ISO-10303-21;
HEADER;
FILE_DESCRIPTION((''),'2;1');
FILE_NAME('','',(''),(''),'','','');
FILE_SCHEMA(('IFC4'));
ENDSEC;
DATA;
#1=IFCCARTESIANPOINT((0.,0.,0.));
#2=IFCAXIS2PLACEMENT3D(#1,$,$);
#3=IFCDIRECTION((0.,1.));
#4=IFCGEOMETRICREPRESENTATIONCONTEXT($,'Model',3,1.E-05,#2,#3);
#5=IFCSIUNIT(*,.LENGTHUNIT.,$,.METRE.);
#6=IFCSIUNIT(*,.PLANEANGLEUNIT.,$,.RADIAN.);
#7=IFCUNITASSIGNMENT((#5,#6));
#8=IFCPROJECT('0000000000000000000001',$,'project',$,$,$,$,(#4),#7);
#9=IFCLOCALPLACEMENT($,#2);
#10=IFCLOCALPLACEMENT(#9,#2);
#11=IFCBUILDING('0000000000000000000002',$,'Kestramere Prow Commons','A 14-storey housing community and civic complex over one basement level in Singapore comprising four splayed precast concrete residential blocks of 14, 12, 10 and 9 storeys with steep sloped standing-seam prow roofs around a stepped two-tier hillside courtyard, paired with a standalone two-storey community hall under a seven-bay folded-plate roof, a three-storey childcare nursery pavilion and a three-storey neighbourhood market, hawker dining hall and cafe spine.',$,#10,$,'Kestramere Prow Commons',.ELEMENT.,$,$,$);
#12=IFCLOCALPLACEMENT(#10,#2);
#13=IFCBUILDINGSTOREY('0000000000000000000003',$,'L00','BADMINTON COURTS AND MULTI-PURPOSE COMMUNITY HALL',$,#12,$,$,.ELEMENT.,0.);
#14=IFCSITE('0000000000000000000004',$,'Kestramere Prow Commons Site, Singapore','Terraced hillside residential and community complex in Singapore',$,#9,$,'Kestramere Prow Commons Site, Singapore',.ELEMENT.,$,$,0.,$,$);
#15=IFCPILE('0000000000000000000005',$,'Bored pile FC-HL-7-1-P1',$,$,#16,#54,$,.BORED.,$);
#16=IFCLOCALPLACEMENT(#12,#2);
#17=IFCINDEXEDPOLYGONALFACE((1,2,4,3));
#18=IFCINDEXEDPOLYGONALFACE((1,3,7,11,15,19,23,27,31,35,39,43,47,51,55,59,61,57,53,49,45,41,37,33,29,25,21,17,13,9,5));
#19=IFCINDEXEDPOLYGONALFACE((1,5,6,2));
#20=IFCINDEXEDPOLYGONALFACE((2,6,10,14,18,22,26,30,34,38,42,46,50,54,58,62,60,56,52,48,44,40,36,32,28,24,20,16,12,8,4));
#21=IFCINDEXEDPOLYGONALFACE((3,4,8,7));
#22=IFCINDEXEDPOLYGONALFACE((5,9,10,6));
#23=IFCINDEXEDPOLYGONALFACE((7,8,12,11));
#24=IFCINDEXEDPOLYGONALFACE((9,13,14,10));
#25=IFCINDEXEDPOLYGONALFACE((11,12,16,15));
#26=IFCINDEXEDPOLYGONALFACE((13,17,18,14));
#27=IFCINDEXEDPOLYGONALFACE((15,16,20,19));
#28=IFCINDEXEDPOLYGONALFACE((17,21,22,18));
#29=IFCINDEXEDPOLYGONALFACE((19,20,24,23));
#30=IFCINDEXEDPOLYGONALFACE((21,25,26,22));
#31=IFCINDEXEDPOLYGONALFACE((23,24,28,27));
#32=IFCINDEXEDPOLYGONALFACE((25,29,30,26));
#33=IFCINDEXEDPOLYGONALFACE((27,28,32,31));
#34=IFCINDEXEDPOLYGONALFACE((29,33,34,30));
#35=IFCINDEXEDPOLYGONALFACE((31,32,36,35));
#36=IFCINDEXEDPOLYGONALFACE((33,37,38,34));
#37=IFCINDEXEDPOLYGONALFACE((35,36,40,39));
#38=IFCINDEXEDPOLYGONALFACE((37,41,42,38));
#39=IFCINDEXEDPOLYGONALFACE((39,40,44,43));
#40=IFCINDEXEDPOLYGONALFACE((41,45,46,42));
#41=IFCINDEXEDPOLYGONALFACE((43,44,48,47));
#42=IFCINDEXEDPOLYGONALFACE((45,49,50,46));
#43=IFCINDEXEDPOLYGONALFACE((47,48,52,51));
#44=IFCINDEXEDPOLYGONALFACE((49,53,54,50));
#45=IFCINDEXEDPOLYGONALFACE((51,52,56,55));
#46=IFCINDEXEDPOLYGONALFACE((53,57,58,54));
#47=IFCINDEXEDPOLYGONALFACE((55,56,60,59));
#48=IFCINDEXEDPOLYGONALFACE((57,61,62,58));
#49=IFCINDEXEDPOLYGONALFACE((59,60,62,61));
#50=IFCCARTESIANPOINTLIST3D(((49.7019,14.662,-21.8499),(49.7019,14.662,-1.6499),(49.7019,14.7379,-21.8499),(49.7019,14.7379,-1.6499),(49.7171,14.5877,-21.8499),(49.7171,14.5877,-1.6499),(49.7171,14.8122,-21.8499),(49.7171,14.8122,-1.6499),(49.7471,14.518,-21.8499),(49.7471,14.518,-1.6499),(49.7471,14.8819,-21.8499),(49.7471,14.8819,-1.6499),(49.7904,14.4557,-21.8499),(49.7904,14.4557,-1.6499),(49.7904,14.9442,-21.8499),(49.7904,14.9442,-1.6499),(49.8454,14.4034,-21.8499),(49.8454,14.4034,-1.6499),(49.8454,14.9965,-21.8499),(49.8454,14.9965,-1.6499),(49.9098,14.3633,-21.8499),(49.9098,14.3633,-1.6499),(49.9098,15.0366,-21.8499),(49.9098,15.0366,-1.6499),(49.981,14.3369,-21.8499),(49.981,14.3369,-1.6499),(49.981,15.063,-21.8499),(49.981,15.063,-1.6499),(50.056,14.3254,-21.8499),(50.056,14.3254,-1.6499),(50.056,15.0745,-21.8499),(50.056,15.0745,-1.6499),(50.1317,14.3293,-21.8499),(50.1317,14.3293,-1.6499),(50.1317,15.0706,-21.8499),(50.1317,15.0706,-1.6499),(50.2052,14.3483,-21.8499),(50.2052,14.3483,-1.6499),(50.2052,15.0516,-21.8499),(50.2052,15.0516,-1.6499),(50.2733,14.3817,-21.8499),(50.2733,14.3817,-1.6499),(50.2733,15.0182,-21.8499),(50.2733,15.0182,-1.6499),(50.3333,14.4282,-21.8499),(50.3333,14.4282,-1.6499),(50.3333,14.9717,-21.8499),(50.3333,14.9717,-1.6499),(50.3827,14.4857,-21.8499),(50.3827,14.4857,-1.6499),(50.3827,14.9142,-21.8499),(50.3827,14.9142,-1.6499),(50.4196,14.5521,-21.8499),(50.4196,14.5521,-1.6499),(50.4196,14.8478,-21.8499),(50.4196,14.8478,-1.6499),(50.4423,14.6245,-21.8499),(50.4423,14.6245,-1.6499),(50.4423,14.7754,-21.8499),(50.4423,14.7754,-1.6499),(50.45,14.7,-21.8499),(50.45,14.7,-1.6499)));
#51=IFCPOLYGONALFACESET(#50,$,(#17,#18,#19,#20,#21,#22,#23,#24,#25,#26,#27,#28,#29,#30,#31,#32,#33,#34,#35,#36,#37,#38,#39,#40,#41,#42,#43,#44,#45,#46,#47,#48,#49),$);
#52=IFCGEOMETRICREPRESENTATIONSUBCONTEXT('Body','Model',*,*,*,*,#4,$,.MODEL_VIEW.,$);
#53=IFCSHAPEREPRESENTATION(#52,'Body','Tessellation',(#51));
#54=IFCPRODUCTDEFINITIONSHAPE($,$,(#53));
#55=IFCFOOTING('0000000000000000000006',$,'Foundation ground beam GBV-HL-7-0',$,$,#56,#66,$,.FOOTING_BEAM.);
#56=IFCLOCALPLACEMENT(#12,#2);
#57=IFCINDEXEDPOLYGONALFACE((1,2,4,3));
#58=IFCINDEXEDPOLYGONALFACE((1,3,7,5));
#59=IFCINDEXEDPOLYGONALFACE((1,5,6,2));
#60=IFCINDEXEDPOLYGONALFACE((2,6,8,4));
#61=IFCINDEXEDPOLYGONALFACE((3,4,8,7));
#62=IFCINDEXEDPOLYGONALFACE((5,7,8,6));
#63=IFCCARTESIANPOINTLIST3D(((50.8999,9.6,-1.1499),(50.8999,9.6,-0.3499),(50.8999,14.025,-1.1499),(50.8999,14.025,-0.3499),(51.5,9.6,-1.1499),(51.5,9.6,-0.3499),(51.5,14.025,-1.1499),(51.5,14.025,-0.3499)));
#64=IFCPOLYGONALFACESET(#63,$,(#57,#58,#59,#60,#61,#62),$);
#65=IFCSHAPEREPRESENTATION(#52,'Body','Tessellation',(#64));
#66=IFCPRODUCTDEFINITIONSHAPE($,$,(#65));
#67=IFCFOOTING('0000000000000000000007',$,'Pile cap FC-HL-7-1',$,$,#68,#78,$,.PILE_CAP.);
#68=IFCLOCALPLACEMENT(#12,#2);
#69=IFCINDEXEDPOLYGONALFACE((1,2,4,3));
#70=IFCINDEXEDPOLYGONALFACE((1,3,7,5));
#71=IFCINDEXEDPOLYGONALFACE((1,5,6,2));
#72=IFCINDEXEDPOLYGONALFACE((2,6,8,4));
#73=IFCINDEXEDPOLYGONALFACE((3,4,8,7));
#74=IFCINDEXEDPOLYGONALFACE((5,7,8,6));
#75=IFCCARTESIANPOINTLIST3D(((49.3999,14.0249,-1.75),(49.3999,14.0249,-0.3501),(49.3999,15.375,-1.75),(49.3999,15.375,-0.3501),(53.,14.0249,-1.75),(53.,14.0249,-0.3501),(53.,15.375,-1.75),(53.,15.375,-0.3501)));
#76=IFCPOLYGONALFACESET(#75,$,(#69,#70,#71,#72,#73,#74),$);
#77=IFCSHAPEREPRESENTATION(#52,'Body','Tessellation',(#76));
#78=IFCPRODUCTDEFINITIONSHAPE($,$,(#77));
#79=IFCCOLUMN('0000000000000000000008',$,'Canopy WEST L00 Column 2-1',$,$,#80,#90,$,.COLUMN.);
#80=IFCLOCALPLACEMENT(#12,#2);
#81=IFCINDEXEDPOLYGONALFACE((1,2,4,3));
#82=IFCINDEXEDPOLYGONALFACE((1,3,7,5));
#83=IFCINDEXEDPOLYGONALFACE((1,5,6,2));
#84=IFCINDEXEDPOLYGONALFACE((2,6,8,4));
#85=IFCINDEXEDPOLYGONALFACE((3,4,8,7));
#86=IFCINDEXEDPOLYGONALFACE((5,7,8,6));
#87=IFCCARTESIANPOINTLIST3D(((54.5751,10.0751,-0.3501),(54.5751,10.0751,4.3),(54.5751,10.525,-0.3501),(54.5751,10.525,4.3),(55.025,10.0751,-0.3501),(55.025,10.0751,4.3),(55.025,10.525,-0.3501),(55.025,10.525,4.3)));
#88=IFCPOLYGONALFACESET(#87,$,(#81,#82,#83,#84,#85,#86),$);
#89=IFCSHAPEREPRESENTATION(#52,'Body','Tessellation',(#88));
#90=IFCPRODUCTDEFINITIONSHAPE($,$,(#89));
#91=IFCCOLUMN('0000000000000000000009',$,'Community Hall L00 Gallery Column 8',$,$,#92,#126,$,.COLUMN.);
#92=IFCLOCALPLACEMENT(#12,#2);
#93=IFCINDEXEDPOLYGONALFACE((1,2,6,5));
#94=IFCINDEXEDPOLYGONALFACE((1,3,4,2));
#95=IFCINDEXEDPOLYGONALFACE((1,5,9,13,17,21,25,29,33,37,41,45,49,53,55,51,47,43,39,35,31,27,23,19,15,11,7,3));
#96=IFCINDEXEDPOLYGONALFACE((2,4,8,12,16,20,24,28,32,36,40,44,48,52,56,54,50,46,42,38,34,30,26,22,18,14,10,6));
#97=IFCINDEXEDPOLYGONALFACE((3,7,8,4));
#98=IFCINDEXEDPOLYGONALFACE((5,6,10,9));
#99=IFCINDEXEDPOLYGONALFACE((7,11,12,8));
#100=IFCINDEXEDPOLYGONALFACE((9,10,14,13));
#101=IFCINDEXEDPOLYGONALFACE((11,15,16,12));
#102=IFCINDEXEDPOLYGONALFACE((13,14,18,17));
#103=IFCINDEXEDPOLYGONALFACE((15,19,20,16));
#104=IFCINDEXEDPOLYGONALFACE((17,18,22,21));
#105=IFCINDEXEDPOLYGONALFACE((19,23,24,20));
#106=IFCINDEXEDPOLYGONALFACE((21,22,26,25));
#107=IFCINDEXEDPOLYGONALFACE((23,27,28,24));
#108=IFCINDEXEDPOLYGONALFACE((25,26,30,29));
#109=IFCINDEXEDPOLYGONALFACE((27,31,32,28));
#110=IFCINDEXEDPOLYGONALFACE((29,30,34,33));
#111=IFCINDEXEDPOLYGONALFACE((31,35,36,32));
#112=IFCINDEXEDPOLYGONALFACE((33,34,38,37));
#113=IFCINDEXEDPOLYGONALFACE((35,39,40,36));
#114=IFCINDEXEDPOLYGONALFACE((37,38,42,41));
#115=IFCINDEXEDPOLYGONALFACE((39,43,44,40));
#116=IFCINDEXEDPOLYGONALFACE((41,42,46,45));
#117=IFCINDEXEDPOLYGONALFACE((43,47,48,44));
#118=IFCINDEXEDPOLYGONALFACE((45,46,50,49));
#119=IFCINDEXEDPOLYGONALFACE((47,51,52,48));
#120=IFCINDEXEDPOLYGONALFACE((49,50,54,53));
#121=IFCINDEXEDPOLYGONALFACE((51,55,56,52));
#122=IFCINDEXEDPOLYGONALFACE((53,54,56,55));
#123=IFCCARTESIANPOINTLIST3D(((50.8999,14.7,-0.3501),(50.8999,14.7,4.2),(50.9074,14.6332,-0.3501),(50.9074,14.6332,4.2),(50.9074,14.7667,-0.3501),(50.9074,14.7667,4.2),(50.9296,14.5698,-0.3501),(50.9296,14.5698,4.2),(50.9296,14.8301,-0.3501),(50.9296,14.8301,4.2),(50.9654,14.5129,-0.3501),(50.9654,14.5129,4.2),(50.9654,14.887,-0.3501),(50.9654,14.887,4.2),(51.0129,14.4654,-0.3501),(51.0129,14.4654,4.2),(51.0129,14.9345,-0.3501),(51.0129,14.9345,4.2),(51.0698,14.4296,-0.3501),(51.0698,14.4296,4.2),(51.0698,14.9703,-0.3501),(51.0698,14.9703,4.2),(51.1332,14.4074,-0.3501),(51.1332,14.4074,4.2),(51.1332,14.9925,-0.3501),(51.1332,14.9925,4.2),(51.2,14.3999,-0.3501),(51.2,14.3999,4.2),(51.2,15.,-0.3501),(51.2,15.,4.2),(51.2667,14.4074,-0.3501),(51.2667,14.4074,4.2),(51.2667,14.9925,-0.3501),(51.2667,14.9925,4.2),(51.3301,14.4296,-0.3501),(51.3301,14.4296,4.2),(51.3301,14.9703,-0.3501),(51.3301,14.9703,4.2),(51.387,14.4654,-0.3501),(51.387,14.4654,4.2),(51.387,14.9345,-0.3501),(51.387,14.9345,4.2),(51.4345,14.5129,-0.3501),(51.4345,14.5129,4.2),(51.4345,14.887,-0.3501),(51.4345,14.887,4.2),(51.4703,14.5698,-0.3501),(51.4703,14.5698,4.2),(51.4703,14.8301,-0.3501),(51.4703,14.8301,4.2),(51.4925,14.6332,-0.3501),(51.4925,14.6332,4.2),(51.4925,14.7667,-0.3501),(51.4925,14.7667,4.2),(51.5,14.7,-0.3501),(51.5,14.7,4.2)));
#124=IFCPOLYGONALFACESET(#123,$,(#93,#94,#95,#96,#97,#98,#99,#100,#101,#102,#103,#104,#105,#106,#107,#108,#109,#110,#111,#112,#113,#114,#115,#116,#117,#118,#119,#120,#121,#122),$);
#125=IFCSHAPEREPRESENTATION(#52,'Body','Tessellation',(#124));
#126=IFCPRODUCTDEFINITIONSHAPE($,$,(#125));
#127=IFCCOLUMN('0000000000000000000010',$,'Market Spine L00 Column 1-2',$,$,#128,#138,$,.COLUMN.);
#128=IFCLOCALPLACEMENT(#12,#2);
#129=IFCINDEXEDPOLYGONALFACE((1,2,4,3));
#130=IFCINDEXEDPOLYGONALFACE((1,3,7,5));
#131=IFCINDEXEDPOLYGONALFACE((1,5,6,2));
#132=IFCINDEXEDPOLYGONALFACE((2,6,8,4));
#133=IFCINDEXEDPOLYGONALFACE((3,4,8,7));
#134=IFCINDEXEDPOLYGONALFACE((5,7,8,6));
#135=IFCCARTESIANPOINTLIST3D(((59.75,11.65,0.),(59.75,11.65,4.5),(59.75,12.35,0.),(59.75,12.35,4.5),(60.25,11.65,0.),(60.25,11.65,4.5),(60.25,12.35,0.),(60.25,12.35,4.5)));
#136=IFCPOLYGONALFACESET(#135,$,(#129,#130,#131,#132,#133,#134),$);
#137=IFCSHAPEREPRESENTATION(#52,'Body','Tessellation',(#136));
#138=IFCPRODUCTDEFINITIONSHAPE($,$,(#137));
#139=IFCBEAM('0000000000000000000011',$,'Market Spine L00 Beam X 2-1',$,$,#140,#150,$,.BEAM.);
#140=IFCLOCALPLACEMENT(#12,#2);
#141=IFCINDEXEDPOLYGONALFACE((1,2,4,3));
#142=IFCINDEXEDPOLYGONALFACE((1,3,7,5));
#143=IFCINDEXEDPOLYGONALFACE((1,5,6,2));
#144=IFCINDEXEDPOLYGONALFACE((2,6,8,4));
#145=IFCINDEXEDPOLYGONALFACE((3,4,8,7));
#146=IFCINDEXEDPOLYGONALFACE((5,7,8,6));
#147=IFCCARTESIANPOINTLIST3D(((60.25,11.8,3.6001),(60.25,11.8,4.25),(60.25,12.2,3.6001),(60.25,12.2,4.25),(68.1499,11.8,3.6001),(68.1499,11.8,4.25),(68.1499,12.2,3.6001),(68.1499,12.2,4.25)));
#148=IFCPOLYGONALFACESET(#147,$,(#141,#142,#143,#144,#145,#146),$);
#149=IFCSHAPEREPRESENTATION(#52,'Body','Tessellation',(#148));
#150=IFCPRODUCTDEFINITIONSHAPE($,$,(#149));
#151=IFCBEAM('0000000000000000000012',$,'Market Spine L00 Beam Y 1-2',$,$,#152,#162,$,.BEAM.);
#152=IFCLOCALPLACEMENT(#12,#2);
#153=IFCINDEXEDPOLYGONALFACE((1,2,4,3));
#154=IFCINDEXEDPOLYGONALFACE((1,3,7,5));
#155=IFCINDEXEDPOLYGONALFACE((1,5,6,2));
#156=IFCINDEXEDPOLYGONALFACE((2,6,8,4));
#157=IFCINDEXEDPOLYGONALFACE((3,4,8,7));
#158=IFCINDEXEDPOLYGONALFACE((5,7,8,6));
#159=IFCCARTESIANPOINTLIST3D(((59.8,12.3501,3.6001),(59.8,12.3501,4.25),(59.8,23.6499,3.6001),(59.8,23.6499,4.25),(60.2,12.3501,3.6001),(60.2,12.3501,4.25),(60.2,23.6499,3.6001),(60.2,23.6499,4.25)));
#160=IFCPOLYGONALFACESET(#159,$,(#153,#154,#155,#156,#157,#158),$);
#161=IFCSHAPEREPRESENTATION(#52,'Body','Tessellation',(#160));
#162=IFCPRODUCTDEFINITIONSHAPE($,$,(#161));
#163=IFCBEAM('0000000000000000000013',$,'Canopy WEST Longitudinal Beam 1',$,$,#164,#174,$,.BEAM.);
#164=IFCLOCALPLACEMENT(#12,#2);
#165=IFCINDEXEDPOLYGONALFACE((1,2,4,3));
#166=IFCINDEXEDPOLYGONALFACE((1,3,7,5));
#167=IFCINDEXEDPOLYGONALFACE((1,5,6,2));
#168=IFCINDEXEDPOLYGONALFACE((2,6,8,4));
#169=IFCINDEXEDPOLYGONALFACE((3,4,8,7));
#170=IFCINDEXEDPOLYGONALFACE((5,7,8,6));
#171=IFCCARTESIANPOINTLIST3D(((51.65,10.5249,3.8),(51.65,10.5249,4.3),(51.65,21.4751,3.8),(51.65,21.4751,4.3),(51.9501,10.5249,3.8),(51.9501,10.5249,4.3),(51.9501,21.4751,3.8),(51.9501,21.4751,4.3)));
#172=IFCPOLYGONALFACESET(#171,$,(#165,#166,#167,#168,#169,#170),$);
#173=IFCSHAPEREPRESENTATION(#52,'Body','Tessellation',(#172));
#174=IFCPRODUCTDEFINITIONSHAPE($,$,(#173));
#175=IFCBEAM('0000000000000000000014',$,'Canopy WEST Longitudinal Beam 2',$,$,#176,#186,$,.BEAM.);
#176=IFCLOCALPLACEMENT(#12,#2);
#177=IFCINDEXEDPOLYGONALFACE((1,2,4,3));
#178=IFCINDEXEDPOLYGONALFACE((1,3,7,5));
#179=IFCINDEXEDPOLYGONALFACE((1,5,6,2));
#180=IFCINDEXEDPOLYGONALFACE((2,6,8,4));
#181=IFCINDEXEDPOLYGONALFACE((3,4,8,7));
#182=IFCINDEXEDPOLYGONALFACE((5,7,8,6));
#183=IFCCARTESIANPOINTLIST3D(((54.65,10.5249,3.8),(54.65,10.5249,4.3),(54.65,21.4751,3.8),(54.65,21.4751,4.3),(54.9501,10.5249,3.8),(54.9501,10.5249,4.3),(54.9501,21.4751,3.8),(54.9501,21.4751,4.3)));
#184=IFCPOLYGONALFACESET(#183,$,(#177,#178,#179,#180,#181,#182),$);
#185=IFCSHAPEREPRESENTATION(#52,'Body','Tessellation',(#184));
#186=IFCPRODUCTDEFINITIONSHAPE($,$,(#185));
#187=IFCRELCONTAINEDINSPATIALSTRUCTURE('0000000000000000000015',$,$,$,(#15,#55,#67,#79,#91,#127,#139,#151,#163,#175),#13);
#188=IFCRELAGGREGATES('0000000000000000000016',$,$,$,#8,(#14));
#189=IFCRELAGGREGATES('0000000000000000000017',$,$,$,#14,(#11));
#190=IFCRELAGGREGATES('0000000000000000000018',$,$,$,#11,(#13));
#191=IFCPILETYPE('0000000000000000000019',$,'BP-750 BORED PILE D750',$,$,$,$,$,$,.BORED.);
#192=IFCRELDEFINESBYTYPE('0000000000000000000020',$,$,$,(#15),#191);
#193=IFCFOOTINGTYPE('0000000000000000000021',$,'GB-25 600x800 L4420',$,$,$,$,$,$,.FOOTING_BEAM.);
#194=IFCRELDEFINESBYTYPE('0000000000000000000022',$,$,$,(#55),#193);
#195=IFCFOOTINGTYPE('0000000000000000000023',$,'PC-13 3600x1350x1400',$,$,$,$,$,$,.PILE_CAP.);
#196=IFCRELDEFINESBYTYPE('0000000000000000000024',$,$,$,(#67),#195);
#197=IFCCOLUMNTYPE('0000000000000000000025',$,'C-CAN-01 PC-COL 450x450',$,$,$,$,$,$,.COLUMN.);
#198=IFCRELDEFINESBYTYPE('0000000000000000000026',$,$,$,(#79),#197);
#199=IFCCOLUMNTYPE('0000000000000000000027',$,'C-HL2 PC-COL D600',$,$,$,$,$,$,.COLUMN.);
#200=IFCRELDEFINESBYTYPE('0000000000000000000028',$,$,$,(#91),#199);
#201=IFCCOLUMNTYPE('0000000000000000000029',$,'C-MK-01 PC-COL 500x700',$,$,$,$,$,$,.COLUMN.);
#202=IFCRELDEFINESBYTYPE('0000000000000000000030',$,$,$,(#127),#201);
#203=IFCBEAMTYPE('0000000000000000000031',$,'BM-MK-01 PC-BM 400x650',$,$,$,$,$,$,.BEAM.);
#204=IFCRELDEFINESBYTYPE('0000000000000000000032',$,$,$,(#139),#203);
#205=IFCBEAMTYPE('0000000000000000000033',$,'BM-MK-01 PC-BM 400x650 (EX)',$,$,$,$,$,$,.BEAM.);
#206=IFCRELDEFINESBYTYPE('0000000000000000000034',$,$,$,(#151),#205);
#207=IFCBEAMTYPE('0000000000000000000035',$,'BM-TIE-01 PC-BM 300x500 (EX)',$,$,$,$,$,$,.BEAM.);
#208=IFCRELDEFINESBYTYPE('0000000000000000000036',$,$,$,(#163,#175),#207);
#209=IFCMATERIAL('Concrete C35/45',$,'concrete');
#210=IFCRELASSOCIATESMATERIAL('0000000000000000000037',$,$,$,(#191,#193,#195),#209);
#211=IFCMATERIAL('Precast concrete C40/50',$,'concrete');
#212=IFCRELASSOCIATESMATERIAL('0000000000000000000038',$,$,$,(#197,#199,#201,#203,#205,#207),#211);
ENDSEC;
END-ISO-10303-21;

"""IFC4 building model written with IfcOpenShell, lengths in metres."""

from ifc_helpers import new_model, si_unit, direction, frame, origin, origin_2d, place, context, subcontext, project, spatial, rectangle, circle, extrude, material, material_profile, profile_set, type_object, element, save


model = new_model("IFC4")

# Units and contexts
model_context = context("Model", 3, precision=1e-05, world=origin(), true_north=direction((0.0, 1.0)))
body_context = subcontext(model_context, "Body", "Model", "MODEL_VIEW")
ifc_project = project(units=[si_unit("LENGTHUNIT", "METRE"), si_unit("PLANEANGLEUNIT", "RADIAN")], contexts=[model_context])

# Site, building, storey
site_placement = place(None, origin())
site = spatial("IfcSite", under=ifc_project, at=site_placement, Name="Kestramere Prow Commons Site, Singapore", Description="Terraced hillside residential and community complex in Singapore", LongName="Kestramere Prow Commons Site, Singapore", CompositionType="ELEMENT", RefElevation=0.0)
building_placement = place(site_placement, origin())
building = spatial("IfcBuilding", under=site, at=building_placement, Name="Kestramere Prow Commons", Description="A 14-storey housing community and civic complex over one basement level in Singapore comprising four splayed precast concrete residential blocks of 14, 12, 10 and 9 storeys with steep sloped standing-seam prow roofs around a stepped two-tier hillside courtyard, paired with a standalone two-storey community hall under a seven-bay folded-plate roof, a three-storey childcare nursery pavilion and a three-storey neighbourhood market, hawker dining hall and cafe spine.", LongName="Kestramere Prow Commons", CompositionType="ELEMENT")
storey_placement = place(building_placement, origin())
storey = spatial("IfcBuildingStorey", under=building, at=storey_placement, Name="L00", Description="BADMINTON COURTS AND MULTI-PURPOSE COMMUNITY HALL", CompositionType="ELEMENT", Elevation=0.0)

# Pile
ifc_material_1 = material(Name="Concrete C35/45", Category="concrete")
ifc_material_profile_1 = material_profile(ifc_material_1, circle(Radius=0.375, at=origin_2d()), Name="BORED PILE D750")
ifc_profile_set_1 = profile_set([ifc_material_profile_1], Name="Concrete C35/45")
pile_type = type_object("IfcPileType", Name="BP-750 BORED PILE D750", PredefinedType="BORED", material=ifc_profile_set_1)
pile_placement = place(storey_placement, frame((50.075, 14.7, -1.6499), z_axis=(0.0, 0.0, -1.0), x_axis=(1.0, 0.0, 0.0)))
element("IfcPile", 1, at=pile_placement, inside=storey, type_object=pile_type, Name="Bored pile FC-HL-7-1-P1", PredefinedType="BORED", context=body_context, shape_type="SweptSolid", body=[
    extrude(circle(Radius=0.375, at=origin_2d()), origin(), (0.0, 0.0, 1.0), 20.2),
])

# Footings
footing_type_1 = type_object("IfcFootingType", Name="GB-25 600x800 L4420", PredefinedType="FOOTING_BEAM", material=ifc_material_1)
footing_1_placement = place(storey_placement, frame((51.2, 11.8125, -1.1499), z_axis=(0.0, 0.0, 1.0), x_axis=(0.0, 1.0, 0.0)))
element("IfcFooting", 2, at=footing_1_placement, inside=storey, type_object=footing_type_1, Name="Foundation ground beam GBV-HL-7-0", PredefinedType="FOOTING_BEAM", context=body_context, shape_type="SweptSolid", body=[
    extrude(rectangle(XDim=4.425, YDim=0.6001, at=origin_2d()), origin(), (0.0, 0.0, 1.0), 0.8),
])
footing_type_2 = type_object("IfcFootingType", Name="PC-13 3600x1350x1400", PredefinedType="PILE_CAP", material=ifc_material_1)
footing_2_placement = place(storey_placement, frame((51.2, 14.7, -1.75), z_axis=(0.0, 0.0, 1.0), x_axis=(1.0, 0.0, 0.0)))
element("IfcFooting", 3, at=footing_2_placement, inside=storey, type_object=footing_type_2, Name="Pile cap FC-HL-7-1", PredefinedType="PILE_CAP", context=body_context, shape_type="SweptSolid", body=[
    extrude(rectangle(XDim=3.6001, YDim=1.3501, at=origin_2d()), origin(), (0.0, 0.0, 1.0), 1.3999),
])

# Columns
ifc_material_2 = material(Name="Precast concrete C40/50", Category="concrete")
ifc_material_profile_2 = material_profile(ifc_material_2, rectangle(XDim=0.45, YDim=0.45, at=origin_2d()), Name="PC-COL 450x450")
ifc_profile_set_2 = profile_set([ifc_material_profile_2], Name="Precast concrete C40/50")
column_type_1 = type_object("IfcColumnType", Name="C-CAN-01 PC-COL 450x450", PredefinedType="COLUMN", material=ifc_profile_set_2)
column_1_placement = place(storey_placement, frame((54.8, 10.3, -0.3501), z_axis=(0.0, 0.0, 1.0), x_axis=(1.0, 0.0, 0.0)))
element("IfcColumn", 4, at=column_1_placement, inside=storey, type_object=column_type_1, Name="Canopy WEST L00 Column 2-1", PredefinedType="COLUMN", context=body_context, shape_type="SweptSolid", body=[
    extrude(rectangle(XDim=0.45, YDim=0.45, at=origin_2d()), origin(), (0.0, 0.0, 1.0), 4.6501),
])
ifc_material_profile_3 = material_profile(ifc_material_2, circle(Radius=0.3, at=origin_2d()), Name="PC-COL D600")
ifc_profile_set_3 = profile_set([ifc_material_profile_3], Name="Precast concrete C40/50")
column_type_2 = type_object("IfcColumnType", Name="C-HL2 PC-COL D600", PredefinedType="COLUMN", material=ifc_profile_set_3)
column_2_placement = place(storey_placement, frame((51.2, 14.7, -0.3501), z_axis=(0.0, 0.0, 1.0), x_axis=(1.0, 0.0, 0.0)))
element("IfcColumn", 5, at=column_2_placement, inside=storey, type_object=column_type_2, Name="Community Hall L00 Gallery Column 8", PredefinedType="COLUMN", context=body_context, shape_type="SweptSolid", body=[
    extrude(circle(Radius=0.3, at=origin_2d()), origin(), (0.0, 0.0, 1.0), 4.55),
])
ifc_material_profile_4 = material_profile(ifc_material_2, rectangle(XDim=0.5, YDim=0.7, at=origin_2d()), Name="PC-COL 500x700")
ifc_profile_set_4 = profile_set([ifc_material_profile_4], Name="Precast concrete C40/50")
column_type_3 = type_object("IfcColumnType", Name="C-MK-01 PC-COL 500x700", PredefinedType="COLUMN", material=ifc_profile_set_4)
column_3_placement = place(storey_placement, frame((60.0, 12.0, 0.0), z_axis=(0.0, 0.0, 1.0), x_axis=(1.0, 0.0, 0.0)))
element("IfcColumn", 6, at=column_3_placement, inside=storey, type_object=column_type_3, Name="Market Spine L00 Column 1-2", PredefinedType="COLUMN", context=body_context, shape_type="SweptSolid", body=[
    extrude(rectangle(XDim=0.5, YDim=0.7, at=origin_2d()), origin(), (0.0, 0.0, 1.0), 4.5),
])

# Beams
ifc_material_profile_5 = material_profile(ifc_material_2, rectangle(XDim=0.3999, YDim=0.6499, at=origin_2d()), Name="PC-BM 400x650")
ifc_profile_set_5 = profile_set([ifc_material_profile_5], Name="Precast concrete C40/50")
beam_type_1 = type_object("IfcBeamType", Name="BM-MK-01 PC-BM 400x650", PredefinedType="BEAM", material=ifc_profile_set_5)
beam_1_placement = place(storey_placement, frame((60.25, 12.0, 3.925), z_axis=(1.0, 0.0, 0.0), x_axis=(0.0, 1.0, 0.0)))
element("IfcBeam", 7, at=beam_1_placement, inside=storey, type_object=beam_type_1, Name="Market Spine L00 Beam X 2-1", PredefinedType="BEAM", context=body_context, shape_type="SweptSolid", body=[
    extrude(rectangle(XDim=0.3999, YDim=0.6499, at=origin_2d()), origin(), (0.0, 0.0, 1.0), 7.8999),
])
ifc_material_profile_6 = material_profile(ifc_material_2, rectangle(XDim=0.3999, YDim=0.6499, at=origin_2d()), Name="PC-BM 400x650")
ifc_profile_set_6 = profile_set([ifc_material_profile_6], Name="Precast concrete C40/50")
beam_type_2 = type_object("IfcBeamType", Name="BM-MK-01 PC-BM 400x650 (EX)", PredefinedType="BEAM", material=ifc_profile_set_6)
beam_2_placement = place(storey_placement, frame((60.0, 12.3501, 3.925), z_axis=(0.0, 1.0, 0.0), x_axis=(-1.0, 0.0, 0.0)))
element("IfcBeam", 8, at=beam_2_placement, inside=storey, type_object=beam_type_2, Name="Market Spine L00 Beam Y 1-2", PredefinedType="BEAM", context=body_context, shape_type="SweptSolid", body=[
    extrude(rectangle(XDim=0.3999, YDim=0.6499, at=origin_2d()), origin(), (0.0, 0.0, 1.0), 11.2998),
])
ifc_material_profile_7 = material_profile(ifc_material_2, rectangle(XDim=0.3, YDim=0.5, at=origin_2d()), Name="PC-BM 300x500")
ifc_profile_set_7 = profile_set([ifc_material_profile_7], Name="Precast concrete C40/50")
beam_type_3 = type_object("IfcBeamType", Name="BM-TIE-01 PC-BM 300x500 (EX)", PredefinedType="BEAM", material=ifc_profile_set_7)
for number, where, z_axis, x_axis, name in (
    (9, (51.8, 10.5249, 4.05), (0.0, 1.0, 0.0), (-1.0, 0.0, 0.0), "Canopy WEST Longitudinal Beam 1"),
    (10, (54.8, 10.5249, 4.05), (0.0, 1.0, 0.0), (-1.0, 0.0, 0.0), "Canopy WEST Longitudinal Beam 2"),
):
    element("IfcBeam", number, at=place(storey_placement, frame(where, z_axis=z_axis, x_axis=x_axis)), inside=storey, type_object=beam_type_3, Name=name, PredefinedType="BEAM", context=body_context, shape_type="SweptSolid", body=[
        extrude(rectangle(XDim=0.3, YDim=0.5, at=origin_2d()), origin(), (0.0, 0.0, 1.0), 10.9502),
    ])

save(model, "model.ifc")
